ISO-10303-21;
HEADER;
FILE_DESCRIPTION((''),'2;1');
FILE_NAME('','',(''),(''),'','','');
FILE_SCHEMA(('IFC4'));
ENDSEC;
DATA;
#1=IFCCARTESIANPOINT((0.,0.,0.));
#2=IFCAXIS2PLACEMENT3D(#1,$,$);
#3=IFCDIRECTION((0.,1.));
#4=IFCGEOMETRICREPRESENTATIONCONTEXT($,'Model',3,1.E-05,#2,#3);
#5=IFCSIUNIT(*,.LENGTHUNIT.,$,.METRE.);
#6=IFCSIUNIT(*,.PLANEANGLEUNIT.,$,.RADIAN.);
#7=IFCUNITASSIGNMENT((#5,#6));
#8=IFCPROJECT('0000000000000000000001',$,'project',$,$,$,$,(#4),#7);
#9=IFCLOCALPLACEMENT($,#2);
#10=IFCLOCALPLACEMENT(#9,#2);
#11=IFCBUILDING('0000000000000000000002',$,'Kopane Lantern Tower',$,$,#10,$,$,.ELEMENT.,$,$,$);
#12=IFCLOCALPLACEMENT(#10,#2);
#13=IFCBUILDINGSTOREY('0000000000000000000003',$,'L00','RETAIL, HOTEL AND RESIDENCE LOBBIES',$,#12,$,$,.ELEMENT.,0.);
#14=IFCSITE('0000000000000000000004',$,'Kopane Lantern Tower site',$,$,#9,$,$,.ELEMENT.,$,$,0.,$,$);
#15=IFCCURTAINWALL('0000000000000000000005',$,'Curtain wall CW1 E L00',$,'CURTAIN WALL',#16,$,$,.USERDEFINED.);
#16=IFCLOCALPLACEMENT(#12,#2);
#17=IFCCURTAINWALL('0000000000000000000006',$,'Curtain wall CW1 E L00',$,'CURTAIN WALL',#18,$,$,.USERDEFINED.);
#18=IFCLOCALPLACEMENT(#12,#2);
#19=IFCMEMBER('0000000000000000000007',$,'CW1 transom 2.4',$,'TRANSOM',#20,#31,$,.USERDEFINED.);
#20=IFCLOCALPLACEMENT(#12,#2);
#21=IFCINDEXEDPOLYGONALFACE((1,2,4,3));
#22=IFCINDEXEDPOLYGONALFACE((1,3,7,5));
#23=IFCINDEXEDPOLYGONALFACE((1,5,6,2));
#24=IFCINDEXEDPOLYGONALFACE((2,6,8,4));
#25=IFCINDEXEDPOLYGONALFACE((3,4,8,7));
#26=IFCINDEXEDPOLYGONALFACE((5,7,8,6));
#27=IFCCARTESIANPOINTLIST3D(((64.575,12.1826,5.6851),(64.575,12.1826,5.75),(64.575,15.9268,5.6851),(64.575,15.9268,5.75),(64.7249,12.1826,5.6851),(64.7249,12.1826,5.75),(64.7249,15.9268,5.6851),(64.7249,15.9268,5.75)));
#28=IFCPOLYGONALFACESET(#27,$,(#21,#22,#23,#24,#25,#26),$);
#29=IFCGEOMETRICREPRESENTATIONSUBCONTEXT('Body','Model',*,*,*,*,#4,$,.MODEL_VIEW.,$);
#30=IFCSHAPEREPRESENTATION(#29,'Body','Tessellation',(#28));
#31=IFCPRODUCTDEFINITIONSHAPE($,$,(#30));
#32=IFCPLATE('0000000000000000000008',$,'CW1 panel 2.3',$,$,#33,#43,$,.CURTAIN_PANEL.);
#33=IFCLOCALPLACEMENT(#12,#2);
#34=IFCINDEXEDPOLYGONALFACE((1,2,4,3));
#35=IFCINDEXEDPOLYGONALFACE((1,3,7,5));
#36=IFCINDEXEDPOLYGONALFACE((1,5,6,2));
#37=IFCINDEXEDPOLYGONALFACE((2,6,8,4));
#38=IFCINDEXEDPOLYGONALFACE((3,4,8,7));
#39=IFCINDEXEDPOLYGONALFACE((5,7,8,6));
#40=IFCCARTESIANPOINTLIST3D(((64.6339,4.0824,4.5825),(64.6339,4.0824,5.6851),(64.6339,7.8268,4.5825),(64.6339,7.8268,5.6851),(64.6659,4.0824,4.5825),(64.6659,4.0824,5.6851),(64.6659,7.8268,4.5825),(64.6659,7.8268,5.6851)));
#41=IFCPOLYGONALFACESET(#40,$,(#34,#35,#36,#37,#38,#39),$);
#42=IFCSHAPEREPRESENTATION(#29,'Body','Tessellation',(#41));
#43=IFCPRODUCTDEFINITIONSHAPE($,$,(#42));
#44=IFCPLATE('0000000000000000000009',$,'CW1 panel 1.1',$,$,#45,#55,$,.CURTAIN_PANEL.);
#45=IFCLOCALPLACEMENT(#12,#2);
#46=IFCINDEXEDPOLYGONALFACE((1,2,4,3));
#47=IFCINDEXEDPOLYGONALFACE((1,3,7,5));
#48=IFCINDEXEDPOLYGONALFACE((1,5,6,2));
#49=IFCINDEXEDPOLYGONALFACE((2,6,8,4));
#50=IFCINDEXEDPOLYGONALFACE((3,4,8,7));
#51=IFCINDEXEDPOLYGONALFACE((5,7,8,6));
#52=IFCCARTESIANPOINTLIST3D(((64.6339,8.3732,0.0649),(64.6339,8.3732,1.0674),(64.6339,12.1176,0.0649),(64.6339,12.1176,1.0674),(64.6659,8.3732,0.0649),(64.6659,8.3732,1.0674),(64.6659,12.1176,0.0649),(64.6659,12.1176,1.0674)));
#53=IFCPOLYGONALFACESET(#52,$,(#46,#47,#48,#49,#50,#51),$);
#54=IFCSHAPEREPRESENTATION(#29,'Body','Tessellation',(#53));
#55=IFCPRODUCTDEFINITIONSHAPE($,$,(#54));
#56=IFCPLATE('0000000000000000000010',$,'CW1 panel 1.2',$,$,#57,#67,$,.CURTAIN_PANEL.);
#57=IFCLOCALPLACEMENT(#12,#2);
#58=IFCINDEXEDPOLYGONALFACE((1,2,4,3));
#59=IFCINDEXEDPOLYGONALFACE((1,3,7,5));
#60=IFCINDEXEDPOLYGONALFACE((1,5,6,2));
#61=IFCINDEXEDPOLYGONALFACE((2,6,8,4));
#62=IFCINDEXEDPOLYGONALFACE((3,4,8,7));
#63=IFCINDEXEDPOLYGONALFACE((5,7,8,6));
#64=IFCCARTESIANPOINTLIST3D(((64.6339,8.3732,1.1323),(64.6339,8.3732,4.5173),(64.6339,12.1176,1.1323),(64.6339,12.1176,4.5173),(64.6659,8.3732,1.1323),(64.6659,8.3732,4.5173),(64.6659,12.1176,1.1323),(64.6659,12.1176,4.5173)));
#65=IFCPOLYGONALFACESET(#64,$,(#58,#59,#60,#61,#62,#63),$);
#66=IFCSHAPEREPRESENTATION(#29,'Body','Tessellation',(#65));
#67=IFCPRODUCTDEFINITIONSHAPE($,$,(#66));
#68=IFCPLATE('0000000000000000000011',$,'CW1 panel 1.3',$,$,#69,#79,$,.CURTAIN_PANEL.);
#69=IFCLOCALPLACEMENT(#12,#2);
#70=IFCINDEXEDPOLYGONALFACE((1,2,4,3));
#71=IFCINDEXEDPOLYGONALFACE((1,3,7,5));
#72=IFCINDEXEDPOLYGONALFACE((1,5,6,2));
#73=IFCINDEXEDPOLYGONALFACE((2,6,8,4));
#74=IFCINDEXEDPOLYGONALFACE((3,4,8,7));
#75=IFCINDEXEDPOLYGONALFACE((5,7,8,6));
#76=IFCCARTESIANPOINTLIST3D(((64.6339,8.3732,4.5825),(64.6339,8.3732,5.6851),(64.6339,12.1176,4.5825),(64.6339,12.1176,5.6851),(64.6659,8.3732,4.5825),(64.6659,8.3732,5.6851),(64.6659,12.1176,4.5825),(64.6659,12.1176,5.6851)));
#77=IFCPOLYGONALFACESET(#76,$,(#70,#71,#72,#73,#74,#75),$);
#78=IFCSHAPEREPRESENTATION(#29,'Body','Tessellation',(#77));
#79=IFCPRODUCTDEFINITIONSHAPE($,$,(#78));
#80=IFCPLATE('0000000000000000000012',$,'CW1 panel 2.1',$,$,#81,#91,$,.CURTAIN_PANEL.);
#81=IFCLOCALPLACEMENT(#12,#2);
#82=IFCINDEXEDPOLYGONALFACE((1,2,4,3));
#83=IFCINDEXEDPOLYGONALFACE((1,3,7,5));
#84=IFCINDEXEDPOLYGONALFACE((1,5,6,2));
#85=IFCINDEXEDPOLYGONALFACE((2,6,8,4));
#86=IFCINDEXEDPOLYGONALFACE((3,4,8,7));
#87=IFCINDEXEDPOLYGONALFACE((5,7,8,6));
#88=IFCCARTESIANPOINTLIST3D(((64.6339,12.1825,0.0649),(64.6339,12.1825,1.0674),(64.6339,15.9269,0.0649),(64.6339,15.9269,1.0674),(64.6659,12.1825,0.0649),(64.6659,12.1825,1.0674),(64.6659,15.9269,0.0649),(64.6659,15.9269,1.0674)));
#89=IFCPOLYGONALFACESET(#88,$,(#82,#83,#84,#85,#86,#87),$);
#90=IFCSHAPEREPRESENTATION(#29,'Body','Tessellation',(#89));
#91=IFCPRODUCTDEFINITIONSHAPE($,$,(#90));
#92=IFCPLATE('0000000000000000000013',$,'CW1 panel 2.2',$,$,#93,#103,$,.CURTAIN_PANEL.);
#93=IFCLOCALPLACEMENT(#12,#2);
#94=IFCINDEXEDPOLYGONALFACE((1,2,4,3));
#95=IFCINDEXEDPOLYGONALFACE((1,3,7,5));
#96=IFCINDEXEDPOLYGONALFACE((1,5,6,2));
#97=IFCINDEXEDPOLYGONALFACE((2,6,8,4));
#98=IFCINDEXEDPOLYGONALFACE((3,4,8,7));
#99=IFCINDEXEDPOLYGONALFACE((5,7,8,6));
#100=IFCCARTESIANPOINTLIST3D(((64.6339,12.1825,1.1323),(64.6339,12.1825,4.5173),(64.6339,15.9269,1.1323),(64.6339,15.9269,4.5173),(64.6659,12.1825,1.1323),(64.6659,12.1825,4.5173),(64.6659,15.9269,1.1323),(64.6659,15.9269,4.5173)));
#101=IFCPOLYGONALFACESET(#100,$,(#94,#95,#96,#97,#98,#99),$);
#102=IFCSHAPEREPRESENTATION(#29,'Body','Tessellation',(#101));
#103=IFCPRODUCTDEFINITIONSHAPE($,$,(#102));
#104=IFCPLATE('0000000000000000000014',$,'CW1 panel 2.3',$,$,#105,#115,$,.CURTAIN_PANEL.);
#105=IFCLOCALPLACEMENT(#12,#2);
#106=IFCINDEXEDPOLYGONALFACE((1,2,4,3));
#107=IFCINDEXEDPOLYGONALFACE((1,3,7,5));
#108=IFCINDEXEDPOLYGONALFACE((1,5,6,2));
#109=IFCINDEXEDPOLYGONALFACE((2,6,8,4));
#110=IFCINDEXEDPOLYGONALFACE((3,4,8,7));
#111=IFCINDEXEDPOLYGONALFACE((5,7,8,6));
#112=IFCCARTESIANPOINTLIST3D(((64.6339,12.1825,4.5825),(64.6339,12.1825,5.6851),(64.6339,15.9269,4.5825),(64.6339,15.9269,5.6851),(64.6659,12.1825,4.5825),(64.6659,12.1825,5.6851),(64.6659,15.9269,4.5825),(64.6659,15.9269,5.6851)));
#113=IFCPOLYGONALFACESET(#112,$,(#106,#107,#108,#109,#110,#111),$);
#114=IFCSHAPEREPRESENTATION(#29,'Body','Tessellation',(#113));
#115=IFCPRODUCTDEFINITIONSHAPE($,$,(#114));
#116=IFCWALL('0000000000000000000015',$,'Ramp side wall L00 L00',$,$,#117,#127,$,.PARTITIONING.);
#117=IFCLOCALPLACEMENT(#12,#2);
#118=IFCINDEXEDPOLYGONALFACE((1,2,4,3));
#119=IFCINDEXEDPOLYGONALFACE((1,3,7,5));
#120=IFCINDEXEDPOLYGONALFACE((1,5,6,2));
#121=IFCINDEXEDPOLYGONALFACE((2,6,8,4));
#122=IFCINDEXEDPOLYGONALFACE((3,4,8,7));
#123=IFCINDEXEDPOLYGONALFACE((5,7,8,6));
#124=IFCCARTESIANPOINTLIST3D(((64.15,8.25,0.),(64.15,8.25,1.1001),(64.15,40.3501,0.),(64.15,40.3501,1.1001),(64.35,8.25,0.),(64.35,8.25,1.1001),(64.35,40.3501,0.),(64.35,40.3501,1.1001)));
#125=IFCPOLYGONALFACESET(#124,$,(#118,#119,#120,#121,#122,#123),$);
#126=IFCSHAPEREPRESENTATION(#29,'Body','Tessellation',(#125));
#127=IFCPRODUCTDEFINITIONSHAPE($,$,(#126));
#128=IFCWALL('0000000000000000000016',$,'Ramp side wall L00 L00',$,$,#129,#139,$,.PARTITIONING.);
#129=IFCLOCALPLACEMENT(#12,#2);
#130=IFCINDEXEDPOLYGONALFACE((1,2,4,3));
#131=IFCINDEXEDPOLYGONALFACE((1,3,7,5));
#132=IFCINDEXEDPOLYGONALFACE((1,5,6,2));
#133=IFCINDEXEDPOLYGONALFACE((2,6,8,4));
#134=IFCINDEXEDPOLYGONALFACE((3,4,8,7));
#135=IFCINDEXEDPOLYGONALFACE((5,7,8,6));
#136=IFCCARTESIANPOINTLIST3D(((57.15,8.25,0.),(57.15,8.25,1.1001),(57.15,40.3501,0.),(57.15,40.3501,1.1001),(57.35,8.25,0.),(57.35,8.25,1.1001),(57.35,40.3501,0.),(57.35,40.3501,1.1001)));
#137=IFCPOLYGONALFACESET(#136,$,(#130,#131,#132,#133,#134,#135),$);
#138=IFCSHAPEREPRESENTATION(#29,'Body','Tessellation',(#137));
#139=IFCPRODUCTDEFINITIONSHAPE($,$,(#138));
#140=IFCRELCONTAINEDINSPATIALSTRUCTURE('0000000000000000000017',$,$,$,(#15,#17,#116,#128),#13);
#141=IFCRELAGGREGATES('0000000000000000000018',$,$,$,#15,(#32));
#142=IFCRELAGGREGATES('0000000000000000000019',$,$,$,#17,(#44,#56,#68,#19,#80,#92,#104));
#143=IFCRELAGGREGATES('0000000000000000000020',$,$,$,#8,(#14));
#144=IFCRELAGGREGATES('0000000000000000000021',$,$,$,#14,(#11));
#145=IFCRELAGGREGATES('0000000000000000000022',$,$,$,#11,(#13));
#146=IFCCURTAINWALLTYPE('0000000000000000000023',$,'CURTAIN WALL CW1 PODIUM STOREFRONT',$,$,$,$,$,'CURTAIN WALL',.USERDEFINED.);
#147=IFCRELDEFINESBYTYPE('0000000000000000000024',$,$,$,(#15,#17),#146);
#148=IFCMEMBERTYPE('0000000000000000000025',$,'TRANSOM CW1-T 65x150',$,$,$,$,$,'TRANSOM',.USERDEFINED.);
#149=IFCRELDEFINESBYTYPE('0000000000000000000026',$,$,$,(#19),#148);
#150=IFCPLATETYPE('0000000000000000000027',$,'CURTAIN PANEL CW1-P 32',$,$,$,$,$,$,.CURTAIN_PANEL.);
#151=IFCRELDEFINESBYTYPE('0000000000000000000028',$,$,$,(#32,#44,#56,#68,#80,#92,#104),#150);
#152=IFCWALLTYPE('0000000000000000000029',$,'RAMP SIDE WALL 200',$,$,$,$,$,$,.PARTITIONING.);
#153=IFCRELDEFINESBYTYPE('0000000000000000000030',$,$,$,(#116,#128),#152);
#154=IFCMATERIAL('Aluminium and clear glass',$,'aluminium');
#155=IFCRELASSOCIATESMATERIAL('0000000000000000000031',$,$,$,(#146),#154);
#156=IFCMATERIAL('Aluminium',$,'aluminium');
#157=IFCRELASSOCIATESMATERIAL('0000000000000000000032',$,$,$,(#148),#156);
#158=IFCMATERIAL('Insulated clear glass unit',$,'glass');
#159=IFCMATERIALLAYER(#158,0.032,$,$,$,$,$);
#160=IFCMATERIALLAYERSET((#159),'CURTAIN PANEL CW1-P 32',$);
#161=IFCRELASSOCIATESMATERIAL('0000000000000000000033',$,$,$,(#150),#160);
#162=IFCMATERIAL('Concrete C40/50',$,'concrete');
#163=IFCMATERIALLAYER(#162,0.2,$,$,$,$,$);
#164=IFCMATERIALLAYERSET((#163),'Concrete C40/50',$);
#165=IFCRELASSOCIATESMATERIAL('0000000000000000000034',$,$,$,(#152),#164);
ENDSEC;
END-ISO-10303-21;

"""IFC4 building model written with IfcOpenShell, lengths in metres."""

from ifc_helpers import new_model, si_unit, direction, frame, frame_2d, origin, origin_2d, place, context, subcontext, project, spatial, rectangle, extrude, material, layer, layer_set, material_profile, profile_set, type_object, element, aggregate, save


model = new_model("IFC4")

# Units and contexts
model_context = context("Model", 3, precision=1e-05, world=origin(), true_north=direction((0.0, 1.0)))
body_context = subcontext(model_context, "Body", "Model", "MODEL_VIEW")
ifc_project = project(units=[si_unit("LENGTHUNIT", "METRE"), si_unit("PLANEANGLEUNIT", "RADIAN")], contexts=[model_context])

# Site, building, storey
site_placement = place(None, origin())
site = spatial("IfcSite", under=ifc_project, at=site_placement, Name="Kopane Lantern Tower site", CompositionType="ELEMENT", RefElevation=0.0)
building_placement = place(site_placement, origin())
building = spatial("IfcBuilding", under=site, at=building_placement, Name="Kopane Lantern Tower", CompositionType="ELEMENT")
storey_placement = place(building_placement, origin())
storey = spatial("IfcBuildingStorey", under=building, at=storey_placement, Name="L00", Description="RETAIL, HOTEL AND RESIDENCE LOBBIES", CompositionType="ELEMENT", Elevation=0.0)

# Curtain wall
ifc_material_1 = material(Name="Aluminium and clear glass", Category="aluminium")
curtain_wall_type = type_object("IfcCurtainWallType", Name="CURTAIN WALL CW1 PODIUM STOREFRONT", ElementType="CURTAIN WALL", PredefinedType="USERDEFINED", material=ifc_material_1)
curtain_wall_1_placement = place(storey_placement, origin())
curtain_wall_1 = element("IfcCurtainWall", 1, at=curtain_wall_1_placement, inside=storey, type_object=curtain_wall_type, Name="Curtain wall CW1 E L00", ObjectType="CURTAIN WALL", PredefinedType="USERDEFINED")

# Curtain wall, member
curtain_wall_2_placement = place(storey_placement, origin())
curtain_wall_2 = element("IfcCurtainWall", 2, at=curtain_wall_2_placement, inside=storey, type_object=curtain_wall_type, Name="Curtain wall CW1 E L00", ObjectType="CURTAIN WALL", PredefinedType="USERDEFINED")
ifc_material_2 = material(Name="Aluminium", Category="aluminium")
ifc_material_profile_1 = material_profile(ifc_material_2, rectangle(XDim=0.1499, YDim=0.0649, at=origin_2d()), Name="AL 150x65")
ifc_profile_set_1 = profile_set([ifc_material_profile_1], Name="Aluminium")
member_type_1 = type_object("IfcMemberType", Name="TRANSOM CW1-T 65x150", ElementType="TRANSOM", PredefinedType="USERDEFINED", material=ifc_profile_set_1)
member_1_placement = place(storey_placement, frame((64.6499, 12.1826, 5.7175), z_axis=(0.0, 1.0, 0.0), x_axis=(-1.0, 0.0, 0.0)))
member_1 = element("IfcMember", 3, at=member_1_placement, type_object=member_type_1, Name="CW1 transom 2.4", ObjectType="TRANSOM", PredefinedType="USERDEFINED", context=body_context, shape_type="SweptSolid", body=[
    extrude(rectangle(XDim=0.1499, YDim=0.0649, at=origin_2d()), origin(), (0.0, 0.0, 1.0), 3.7441),
])

# Plates
ifc_material_3 = material(Name="Insulated clear glass unit", Category="glass")
ifc_layer_1 = layer(ifc_material_3, 0.032)
ifc_layer_set_1 = layer_set([ifc_layer_1], Name="CURTAIN PANEL CW1-P 32")
plate_type = type_object("IfcPlateType", Name="CURTAIN PANEL CW1-P 32", PredefinedType="CURTAIN_PANEL", material=ifc_layer_set_1)
plate_1_placement = place(storey_placement, frame((64.6499, 5.9546, 4.5825), z_axis=(0.0, 0.0, 1.0), x_axis=(0.0, 1.0, 0.0)))
plate_1 = element("IfcPlate", 4, at=plate_1_placement, type_object=plate_type, Name="CW1 panel 2.3", PredefinedType="CURTAIN_PANEL", context=body_context, shape_type="SweptSolid", body=[
    extrude(rectangle(XDim=3.7444, YDim=0.032, at=origin_2d()), origin(), (0.0, 0.0, 1.0), 1.1025),
])
aggregate(curtain_wall_1, [plate_1])
plate_2_placement = place(storey_placement, frame((64.6499, 10.2454, 0.0649), z_axis=(0.0, 0.0, 1.0), x_axis=(0.0, 1.0, 0.0)))
plate_2 = element("IfcPlate", 5, at=plate_2_placement, type_object=plate_type, Name="CW1 panel 1.1", PredefinedType="CURTAIN_PANEL", context=body_context, shape_type="SweptSolid", body=[
    extrude(rectangle(XDim=3.7444, YDim=0.032, at=origin_2d()), origin(), (0.0, 0.0, 1.0), 1.0024),
])
plate_3_placement = place(storey_placement, frame((64.6499, 10.2454, 1.1323), z_axis=(0.0, 0.0, 1.0), x_axis=(0.0, 1.0, 0.0)))
plate_3 = element("IfcPlate", 6, at=plate_3_placement, type_object=plate_type, Name="CW1 panel 1.2", PredefinedType="CURTAIN_PANEL", context=body_context, shape_type="SweptSolid", body=[
    extrude(rectangle(XDim=3.7444, YDim=0.032, at=origin_2d()), origin(), (0.0, 0.0, 1.0), 3.385),
])
plate_4_placement = place(storey_placement, frame((64.6499, 10.2454, 4.5825), z_axis=(0.0, 0.0, 1.0), x_axis=(0.0, 1.0, 0.0)))
plate_4 = element("IfcPlate", 7, at=plate_4_placement, type_object=plate_type, Name="CW1 panel 1.3", PredefinedType="CURTAIN_PANEL", context=body_context, shape_type="SweptSolid", body=[
    extrude(rectangle(XDim=3.7444, YDim=0.032, at=origin_2d()), origin(), (0.0, 0.0, 1.0), 1.1025),
])
plate_5_placement = place(storey_placement, frame((64.6499, 14.0547, 0.0649), z_axis=(0.0, 0.0, 1.0), x_axis=(0.0, 1.0, 0.0)))
plate_5 = element("IfcPlate", 8, at=plate_5_placement, type_object=plate_type, Name="CW1 panel 2.1", PredefinedType="CURTAIN_PANEL", context=body_context, shape_type="SweptSolid", body=[
    extrude(rectangle(XDim=3.7444, YDim=0.032, at=origin_2d()), origin(), (0.0, 0.0, 1.0), 1.0024),
])
plate_6_placement = place(storey_placement, frame((64.6499, 14.0547, 1.1323), z_axis=(0.0, 0.0, 1.0), x_axis=(0.0, 1.0, 0.0)))
plate_6 = element("IfcPlate", 9, at=plate_6_placement, type_object=plate_type, Name="CW1 panel 2.2", PredefinedType="CURTAIN_PANEL", context=body_context, shape_type="SweptSolid", body=[
    extrude(rectangle(XDim=3.7444, YDim=0.032, at=origin_2d()), origin(), (0.0, 0.0, 1.0), 3.385),
])
plate_7_placement = place(storey_placement, frame((64.6499, 14.0547, 4.5825), z_axis=(0.0, 0.0, 1.0), x_axis=(0.0, 1.0, 0.0)))
plate_7 = element("IfcPlate", 10, at=plate_7_placement, type_object=plate_type, Name="CW1 panel 2.3", PredefinedType="CURTAIN_PANEL", context=body_context, shape_type="SweptSolid", body=[
    extrude(rectangle(XDim=3.7444, YDim=0.032, at=origin_2d()), origin(), (0.0, 0.0, 1.0), 1.1025),
])
aggregate(curtain_wall_2, [plate_2, plate_3, plate_4, member_1, plate_5, plate_6, plate_7])

# Walls
ifc_material_4 = material(Name="Concrete C40/50", Category="concrete")
ifc_layer_2 = layer(ifc_material_4, 0.2)
ifc_layer_set_2 = layer_set([ifc_layer_2], Name="Concrete C40/50")
wall_type = type_object("IfcWallType", Name="RAMP SIDE WALL 200", PredefinedType="PARTITIONING", material=ifc_layer_set_2)
for number, where, z_axis, x_axis, name in (
    (11, (64.25, 8.25, 0.0), (0.0, 0.0, 1.0), (0.0, 1.0, 0.0), "Ramp side wall L00 L00"),
    (12, (57.25, 8.25, 0.0), (0.0, 0.0, 1.0), (0.0, 1.0, 0.0), "Ramp side wall L00 L00"),
):
    element("IfcWall", number, at=place(storey_placement, frame(where, z_axis=z_axis, x_axis=x_axis)), inside=storey, type_object=wall_type, Name=name, PredefinedType="PARTITIONING", context=body_context, shape_type="SweptSolid", body=[
        extrude(rectangle(XDim=32.1001, YDim=0.2, at=frame_2d((16.05, 0.0))), origin(), (0.0, 0.0, 1.0), 1.1001),
    ])

save(model, "model.ifc")
